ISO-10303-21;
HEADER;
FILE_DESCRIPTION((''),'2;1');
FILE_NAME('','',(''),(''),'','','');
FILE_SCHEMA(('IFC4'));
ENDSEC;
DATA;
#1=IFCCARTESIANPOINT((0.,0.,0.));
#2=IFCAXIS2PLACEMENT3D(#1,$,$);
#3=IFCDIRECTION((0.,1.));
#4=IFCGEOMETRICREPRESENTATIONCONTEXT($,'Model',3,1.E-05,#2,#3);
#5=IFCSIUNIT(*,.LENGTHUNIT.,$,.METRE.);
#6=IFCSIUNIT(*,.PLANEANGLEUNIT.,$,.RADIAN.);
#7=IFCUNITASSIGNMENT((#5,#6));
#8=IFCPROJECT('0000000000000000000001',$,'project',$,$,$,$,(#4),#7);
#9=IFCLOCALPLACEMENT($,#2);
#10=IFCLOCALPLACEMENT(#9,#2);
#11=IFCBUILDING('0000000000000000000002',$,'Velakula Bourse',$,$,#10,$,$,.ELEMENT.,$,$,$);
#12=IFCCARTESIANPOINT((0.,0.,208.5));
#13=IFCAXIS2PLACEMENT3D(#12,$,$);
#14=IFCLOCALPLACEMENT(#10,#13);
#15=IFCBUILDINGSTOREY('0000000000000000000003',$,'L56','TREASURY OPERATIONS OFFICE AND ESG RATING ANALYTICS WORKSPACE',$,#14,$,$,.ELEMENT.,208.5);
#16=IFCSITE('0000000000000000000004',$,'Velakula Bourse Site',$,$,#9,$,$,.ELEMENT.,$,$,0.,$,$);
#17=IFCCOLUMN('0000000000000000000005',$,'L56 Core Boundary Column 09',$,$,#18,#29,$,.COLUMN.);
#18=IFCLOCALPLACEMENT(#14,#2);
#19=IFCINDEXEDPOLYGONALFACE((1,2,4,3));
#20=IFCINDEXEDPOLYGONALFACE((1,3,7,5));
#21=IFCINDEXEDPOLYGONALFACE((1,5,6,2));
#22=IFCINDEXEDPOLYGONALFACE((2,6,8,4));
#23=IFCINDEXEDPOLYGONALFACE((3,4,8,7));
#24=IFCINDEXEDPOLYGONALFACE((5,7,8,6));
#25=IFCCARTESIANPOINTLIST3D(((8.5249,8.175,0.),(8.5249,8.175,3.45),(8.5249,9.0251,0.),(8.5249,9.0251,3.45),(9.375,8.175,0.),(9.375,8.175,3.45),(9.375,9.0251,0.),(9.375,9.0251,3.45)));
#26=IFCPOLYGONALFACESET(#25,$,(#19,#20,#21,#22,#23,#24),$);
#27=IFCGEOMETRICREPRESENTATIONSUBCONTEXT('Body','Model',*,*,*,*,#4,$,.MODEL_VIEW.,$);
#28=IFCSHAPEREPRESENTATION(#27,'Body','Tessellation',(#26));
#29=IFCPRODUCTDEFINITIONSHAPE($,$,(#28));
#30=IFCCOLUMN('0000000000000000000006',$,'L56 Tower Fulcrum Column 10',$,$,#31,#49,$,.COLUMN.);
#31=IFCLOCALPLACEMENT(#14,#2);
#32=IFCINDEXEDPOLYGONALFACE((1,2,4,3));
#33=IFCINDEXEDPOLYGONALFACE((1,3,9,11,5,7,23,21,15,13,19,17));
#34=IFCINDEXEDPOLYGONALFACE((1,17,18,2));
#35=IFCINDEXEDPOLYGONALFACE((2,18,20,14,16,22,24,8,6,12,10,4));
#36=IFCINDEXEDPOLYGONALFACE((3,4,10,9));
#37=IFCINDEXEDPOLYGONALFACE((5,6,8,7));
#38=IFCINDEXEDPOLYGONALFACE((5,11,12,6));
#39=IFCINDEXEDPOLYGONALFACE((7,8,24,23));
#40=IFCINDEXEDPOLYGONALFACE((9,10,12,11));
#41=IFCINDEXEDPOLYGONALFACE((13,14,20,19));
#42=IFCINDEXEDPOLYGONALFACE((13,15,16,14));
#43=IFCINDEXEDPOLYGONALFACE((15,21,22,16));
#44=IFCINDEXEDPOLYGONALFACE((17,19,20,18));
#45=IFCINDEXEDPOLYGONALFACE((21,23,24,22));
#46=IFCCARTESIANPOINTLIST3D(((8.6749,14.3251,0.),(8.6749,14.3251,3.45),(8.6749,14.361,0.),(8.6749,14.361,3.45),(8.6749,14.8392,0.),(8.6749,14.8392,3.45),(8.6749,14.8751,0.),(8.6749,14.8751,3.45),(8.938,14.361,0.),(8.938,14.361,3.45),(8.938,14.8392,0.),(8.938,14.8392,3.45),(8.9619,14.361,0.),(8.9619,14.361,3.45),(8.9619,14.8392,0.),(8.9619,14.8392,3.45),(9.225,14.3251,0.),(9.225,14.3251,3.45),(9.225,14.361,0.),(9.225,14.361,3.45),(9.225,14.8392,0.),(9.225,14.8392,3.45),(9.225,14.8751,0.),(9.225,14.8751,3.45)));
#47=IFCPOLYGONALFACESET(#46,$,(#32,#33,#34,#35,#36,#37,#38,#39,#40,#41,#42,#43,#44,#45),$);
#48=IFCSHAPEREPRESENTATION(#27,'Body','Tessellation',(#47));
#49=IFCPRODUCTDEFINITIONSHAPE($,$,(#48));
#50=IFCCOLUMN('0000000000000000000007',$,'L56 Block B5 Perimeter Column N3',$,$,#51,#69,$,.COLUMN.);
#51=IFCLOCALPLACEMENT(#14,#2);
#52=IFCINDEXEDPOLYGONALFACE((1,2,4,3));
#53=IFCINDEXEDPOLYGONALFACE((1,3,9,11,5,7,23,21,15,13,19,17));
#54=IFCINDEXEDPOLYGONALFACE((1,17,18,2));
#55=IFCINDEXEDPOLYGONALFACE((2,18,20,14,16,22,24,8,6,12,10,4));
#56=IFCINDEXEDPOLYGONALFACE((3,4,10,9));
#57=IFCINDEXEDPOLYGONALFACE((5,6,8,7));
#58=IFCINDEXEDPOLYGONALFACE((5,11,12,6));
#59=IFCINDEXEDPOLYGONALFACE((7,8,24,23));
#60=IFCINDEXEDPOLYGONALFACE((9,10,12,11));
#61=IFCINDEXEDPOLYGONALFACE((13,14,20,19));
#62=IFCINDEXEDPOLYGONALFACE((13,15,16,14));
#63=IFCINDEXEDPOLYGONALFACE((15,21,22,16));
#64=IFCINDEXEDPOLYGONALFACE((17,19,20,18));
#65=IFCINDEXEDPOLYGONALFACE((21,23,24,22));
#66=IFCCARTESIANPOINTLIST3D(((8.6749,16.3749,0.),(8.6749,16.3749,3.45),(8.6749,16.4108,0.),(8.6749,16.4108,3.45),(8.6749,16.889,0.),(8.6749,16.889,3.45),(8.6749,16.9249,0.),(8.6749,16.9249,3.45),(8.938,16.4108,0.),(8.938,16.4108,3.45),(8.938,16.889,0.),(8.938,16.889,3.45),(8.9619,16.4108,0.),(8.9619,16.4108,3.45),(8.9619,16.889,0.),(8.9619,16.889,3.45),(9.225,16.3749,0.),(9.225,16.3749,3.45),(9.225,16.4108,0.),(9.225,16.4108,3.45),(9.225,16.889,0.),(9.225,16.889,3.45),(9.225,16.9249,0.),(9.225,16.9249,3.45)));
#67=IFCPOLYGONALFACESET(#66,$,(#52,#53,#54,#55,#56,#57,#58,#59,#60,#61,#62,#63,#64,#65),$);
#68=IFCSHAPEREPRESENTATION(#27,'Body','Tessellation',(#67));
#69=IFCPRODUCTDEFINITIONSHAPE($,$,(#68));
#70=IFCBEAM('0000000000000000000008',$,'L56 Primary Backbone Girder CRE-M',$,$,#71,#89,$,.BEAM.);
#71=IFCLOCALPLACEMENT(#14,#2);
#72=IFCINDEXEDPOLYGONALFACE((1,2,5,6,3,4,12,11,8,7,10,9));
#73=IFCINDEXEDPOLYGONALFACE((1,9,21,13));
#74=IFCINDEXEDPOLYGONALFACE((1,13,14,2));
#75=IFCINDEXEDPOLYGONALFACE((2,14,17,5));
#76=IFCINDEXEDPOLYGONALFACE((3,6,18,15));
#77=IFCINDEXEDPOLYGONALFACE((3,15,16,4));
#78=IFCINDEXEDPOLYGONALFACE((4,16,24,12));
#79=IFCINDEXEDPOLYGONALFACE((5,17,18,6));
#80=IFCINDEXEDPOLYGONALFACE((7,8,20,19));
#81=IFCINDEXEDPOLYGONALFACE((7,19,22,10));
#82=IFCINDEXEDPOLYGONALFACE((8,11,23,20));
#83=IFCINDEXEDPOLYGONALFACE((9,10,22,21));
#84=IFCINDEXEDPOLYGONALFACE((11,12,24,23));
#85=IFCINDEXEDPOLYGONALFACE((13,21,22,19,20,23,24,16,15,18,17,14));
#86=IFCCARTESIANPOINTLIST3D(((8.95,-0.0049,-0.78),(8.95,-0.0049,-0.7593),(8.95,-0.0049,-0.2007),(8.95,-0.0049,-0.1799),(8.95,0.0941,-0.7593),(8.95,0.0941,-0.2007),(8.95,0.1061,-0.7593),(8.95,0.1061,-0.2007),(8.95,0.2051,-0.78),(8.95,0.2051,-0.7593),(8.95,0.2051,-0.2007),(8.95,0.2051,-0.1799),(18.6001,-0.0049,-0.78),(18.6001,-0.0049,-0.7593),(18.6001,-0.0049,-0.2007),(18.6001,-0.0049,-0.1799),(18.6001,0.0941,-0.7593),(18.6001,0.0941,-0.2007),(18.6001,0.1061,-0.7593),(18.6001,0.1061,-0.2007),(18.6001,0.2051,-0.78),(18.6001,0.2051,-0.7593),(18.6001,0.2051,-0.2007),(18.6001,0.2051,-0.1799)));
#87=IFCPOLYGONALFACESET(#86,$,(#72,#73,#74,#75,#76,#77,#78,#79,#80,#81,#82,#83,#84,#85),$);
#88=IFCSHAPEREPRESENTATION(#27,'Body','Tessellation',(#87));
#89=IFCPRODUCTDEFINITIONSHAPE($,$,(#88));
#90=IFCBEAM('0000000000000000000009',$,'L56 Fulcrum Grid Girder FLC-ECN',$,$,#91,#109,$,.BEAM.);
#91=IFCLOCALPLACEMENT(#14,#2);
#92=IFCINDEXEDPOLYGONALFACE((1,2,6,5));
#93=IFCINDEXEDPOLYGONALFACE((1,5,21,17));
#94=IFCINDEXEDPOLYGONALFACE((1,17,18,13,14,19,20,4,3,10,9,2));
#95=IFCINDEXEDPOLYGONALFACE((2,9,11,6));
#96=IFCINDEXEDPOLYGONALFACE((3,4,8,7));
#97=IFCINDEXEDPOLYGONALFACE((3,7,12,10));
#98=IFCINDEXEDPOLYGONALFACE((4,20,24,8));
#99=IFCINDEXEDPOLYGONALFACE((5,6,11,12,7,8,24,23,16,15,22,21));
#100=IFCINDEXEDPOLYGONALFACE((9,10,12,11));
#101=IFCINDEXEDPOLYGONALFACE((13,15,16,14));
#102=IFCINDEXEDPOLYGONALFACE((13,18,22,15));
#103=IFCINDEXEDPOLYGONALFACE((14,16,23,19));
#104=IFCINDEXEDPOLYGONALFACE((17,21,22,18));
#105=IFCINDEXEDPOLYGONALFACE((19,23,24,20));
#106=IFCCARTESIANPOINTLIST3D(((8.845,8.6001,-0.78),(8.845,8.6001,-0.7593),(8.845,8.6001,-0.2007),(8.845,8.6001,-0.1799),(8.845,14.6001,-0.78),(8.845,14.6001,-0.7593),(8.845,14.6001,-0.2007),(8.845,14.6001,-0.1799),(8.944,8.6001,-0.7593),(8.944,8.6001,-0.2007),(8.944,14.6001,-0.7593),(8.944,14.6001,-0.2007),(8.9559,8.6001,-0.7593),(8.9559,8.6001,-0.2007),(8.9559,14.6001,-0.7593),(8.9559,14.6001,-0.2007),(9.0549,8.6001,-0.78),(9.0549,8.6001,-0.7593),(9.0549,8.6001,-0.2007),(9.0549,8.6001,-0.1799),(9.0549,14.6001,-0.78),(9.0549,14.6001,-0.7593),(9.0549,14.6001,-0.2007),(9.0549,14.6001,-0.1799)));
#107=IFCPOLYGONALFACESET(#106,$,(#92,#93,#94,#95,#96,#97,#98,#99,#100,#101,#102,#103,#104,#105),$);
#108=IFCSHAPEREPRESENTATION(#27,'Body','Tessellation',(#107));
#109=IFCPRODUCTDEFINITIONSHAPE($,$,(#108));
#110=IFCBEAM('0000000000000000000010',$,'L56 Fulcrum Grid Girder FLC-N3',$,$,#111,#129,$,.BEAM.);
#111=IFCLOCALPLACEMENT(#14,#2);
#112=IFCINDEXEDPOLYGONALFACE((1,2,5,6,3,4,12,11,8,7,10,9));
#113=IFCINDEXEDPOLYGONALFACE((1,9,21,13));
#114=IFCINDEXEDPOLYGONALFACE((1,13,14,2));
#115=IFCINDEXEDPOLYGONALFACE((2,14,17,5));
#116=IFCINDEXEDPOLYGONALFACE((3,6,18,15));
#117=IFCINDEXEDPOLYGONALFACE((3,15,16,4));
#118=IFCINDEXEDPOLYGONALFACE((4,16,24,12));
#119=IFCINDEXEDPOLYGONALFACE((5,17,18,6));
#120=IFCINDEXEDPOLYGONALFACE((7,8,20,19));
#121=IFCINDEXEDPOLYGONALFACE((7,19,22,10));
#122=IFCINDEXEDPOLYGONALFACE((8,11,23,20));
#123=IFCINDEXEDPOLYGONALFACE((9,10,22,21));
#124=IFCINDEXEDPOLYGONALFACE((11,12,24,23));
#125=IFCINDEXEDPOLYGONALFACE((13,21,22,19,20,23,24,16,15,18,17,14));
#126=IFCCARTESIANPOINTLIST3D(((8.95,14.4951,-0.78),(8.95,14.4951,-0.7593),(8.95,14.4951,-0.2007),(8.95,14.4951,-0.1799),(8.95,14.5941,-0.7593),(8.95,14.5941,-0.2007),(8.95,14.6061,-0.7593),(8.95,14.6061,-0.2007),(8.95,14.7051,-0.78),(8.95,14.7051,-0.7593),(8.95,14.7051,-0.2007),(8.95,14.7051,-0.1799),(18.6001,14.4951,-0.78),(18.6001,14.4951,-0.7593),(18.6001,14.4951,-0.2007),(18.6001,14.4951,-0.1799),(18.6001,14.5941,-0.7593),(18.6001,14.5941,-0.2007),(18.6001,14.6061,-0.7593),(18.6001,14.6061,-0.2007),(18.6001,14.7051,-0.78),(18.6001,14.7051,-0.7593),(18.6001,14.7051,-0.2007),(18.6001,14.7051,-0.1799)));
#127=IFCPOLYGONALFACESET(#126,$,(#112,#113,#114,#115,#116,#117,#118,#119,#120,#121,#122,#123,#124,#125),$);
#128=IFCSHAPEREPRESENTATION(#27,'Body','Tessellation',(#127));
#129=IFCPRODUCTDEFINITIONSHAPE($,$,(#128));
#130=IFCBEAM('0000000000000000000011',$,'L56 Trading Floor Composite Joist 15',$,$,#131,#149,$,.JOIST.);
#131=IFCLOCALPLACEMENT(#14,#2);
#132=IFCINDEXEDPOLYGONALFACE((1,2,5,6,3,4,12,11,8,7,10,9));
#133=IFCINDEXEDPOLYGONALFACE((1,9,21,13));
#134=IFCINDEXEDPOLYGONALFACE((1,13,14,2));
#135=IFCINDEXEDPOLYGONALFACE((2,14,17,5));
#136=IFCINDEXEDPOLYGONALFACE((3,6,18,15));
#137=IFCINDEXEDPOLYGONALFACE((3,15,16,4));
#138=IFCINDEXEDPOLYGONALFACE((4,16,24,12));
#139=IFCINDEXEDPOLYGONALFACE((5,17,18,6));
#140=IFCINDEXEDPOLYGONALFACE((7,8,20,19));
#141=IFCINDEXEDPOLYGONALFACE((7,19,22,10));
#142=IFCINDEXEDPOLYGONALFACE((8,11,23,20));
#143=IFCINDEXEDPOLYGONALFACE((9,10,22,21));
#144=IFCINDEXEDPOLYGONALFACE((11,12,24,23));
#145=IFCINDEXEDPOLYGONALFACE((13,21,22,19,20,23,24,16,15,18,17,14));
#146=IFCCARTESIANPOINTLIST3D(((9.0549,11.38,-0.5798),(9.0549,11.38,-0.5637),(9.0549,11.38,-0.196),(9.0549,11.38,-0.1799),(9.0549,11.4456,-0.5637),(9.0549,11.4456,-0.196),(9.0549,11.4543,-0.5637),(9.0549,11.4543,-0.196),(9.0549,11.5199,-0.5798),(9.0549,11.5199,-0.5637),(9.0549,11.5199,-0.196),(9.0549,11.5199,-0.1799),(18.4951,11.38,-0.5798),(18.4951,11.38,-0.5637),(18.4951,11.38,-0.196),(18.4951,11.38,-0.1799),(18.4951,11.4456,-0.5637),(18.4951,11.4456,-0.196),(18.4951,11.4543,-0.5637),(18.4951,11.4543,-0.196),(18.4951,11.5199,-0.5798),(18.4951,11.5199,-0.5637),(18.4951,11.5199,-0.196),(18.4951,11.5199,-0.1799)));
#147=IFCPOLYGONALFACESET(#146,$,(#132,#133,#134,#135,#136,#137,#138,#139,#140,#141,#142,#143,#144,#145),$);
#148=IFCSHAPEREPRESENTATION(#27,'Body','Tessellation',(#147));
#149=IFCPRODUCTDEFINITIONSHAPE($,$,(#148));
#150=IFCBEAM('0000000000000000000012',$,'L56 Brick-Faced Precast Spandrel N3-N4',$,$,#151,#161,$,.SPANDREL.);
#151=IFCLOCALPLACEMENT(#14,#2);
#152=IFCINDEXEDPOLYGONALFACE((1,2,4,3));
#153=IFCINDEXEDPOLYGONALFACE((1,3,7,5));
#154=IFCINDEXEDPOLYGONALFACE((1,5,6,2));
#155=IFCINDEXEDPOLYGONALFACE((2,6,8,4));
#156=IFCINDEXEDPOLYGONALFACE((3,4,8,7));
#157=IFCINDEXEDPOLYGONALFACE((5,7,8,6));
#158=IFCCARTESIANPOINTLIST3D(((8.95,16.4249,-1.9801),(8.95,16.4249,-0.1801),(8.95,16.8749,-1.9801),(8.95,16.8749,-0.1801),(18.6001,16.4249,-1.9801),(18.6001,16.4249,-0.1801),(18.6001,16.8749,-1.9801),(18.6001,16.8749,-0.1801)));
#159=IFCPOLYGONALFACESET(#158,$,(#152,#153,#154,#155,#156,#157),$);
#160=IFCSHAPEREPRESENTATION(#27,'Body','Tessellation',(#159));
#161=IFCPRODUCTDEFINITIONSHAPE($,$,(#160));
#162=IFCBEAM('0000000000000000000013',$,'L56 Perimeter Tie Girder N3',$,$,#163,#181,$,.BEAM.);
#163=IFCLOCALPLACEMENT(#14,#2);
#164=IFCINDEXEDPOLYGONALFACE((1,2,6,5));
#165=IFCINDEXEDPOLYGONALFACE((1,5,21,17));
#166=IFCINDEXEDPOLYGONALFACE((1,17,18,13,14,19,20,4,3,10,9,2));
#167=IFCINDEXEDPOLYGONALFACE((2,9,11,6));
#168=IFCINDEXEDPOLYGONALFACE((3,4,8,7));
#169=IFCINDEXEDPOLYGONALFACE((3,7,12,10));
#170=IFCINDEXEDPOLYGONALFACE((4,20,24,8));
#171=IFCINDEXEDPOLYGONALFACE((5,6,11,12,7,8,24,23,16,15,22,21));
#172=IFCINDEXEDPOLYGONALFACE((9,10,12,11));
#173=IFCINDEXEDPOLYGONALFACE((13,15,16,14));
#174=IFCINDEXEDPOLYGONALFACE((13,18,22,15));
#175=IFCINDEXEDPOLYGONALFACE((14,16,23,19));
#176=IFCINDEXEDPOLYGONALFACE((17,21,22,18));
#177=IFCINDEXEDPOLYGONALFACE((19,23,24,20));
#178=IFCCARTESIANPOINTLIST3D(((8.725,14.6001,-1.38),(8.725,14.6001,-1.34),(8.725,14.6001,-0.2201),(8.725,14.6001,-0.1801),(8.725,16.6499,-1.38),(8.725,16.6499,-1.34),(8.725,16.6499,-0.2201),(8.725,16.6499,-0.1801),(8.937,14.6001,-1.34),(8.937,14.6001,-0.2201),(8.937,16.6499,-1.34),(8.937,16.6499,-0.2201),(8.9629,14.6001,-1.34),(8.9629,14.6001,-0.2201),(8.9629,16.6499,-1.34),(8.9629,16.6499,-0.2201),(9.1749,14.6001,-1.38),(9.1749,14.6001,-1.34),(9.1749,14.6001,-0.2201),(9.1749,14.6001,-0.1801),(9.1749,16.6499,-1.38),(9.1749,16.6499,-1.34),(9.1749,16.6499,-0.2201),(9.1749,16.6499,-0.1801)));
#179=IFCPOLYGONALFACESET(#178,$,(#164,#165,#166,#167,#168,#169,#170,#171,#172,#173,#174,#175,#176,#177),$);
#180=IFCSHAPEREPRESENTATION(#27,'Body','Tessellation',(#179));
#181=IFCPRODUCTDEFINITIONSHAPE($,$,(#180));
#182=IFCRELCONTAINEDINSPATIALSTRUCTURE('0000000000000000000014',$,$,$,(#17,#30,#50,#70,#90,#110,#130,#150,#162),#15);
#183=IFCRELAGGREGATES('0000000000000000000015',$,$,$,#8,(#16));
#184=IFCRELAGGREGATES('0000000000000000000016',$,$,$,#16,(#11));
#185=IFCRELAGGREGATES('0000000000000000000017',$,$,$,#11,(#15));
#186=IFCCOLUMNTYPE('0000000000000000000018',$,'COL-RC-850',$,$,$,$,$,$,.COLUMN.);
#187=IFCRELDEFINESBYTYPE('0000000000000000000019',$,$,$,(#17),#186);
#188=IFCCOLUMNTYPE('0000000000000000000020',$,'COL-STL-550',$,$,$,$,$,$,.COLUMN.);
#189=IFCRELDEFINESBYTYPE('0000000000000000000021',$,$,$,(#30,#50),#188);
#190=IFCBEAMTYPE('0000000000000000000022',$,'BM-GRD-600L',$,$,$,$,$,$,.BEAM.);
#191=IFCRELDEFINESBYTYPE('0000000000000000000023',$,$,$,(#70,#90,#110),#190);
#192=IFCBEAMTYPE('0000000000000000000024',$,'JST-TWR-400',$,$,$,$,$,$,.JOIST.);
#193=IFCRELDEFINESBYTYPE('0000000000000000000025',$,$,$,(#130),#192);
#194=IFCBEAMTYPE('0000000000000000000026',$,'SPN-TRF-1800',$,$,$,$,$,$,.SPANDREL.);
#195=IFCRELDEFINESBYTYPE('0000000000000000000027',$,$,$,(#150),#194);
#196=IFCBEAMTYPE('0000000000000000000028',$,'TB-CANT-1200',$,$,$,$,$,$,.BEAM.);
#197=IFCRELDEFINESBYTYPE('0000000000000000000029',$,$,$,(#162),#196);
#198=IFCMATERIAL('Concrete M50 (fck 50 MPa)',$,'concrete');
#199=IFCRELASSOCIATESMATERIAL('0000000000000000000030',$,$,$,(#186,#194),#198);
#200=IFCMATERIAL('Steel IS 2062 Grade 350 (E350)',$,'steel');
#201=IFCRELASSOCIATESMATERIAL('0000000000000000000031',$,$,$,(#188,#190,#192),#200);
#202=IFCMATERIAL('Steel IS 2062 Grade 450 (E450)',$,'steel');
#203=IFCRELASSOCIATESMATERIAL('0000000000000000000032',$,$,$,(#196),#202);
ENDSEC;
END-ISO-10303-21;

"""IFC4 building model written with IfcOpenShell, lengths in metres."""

from ifc_helpers import new_model, si_unit, direction, frame, origin, origin_2d, place, context, subcontext, project, spatial, rectangle, i_section, extrude, material, material_profile, profile_set, type_object, element, save


model = new_model("IFC4")

# Units and contexts
model_context = context("Model", 3, precision=1e-05, world=origin(), true_north=direction((0.0, 1.0)))
body_context = subcontext(model_context, "Body", "Model", "MODEL_VIEW")
ifc_project = project(units=[si_unit("LENGTHUNIT", "METRE"), si_unit("PLANEANGLEUNIT", "RADIAN")], contexts=[model_context])

# Site, building, storey
site_placement = place(None, origin())
site = spatial("IfcSite", under=ifc_project, at=site_placement, Name="Velakula Bourse Site", CompositionType="ELEMENT", RefElevation=0.0)
building_placement = place(site_placement, origin())
building = spatial("IfcBuilding", under=site, at=building_placement, Name="Velakula Bourse", CompositionType="ELEMENT")
storey_placement = place(building_placement, frame((0.0, 0.0, 208.5)))
storey = spatial("IfcBuildingStorey", under=building, at=storey_placement, Name="L56", Description="TREASURY OPERATIONS OFFICE AND ESG RATING ANALYTICS WORKSPACE", CompositionType="ELEMENT", Elevation=208.5)

# Columns
ifc_material_1 = material(Name="Concrete M50 (fck 50 MPa)", Category="concrete")
ifc_material_profile_1 = material_profile(ifc_material_1, rectangle(XDim=0.8501, YDim=0.8501, at=origin_2d()), Name="Concrete M50 (fck 50 MPa)")
ifc_profile_set_1 = profile_set([ifc_material_profile_1], Name="Concrete M50 (fck 50 MPa)")
column_type_1 = type_object("IfcColumnType", Name="COL-RC-850", PredefinedType="COLUMN", material=ifc_profile_set_1)
column_placement = place(storey_placement, frame((8.95, 8.6001, 0.0), z_axis=(0.0, 0.0, 1.0), x_axis=(1.0, 0.0, 0.0)))
element("IfcColumn", 1, at=column_placement, inside=storey, type_object=column_type_1, Name="L56 Core Boundary Column 09", PredefinedType="COLUMN", context=body_context, shape_type="SweptSolid", body=[
    extrude(rectangle(XDim=0.8501, YDim=0.8501, at=origin_2d()), origin(), (0.0, 0.0, 1.0), 3.45),
])
ifc_material_2 = material(Name="Steel IS 2062 Grade 350 (E350)", Category="steel")
ifc_material_profile_2 = material_profile(ifc_material_2, i_section(OverallWidth=0.55, OverallDepth=0.55, WebThickness=0.0239, FlangeThickness=0.0359, at=origin_2d()), Name="Steel IS 2062 Grade 350 (E350)")
ifc_profile_set_2 = profile_set([ifc_material_profile_2], Name="Steel IS 2062 Grade 350 (E350)")
column_type_2 = type_object("IfcColumnType", Name="COL-STL-550", PredefinedType="COLUMN", material=ifc_profile_set_2)
for number, where, z_axis, x_axis, name in (
    (2, (8.95, 14.6001, 0.0), (0.0, 0.0, 1.0), (1.0, 0.0, 0.0), "L56 Tower Fulcrum Column 10"),
    (3, (8.95, 16.6499, 0.0), (0.0, 0.0, 1.0), (1.0, 0.0, 0.0), "L56 Block B5 Perimeter Column N3"),
):
    element("IfcColumn", number, at=place(storey_placement, frame(where, z_axis=z_axis, x_axis=x_axis)), inside=storey, type_object=column_type_2, Name=name, PredefinedType="COLUMN", context=body_context, shape_type="SweptSolid", body=[
        extrude(i_section(OverallWidth=0.55, OverallDepth=0.55, WebThickness=0.0239, FlangeThickness=0.0359, at=origin_2d()), origin(), (0.0, 0.0, 1.0), 3.45),
    ])

# Beams
ifc_material_profile_3 = material_profile(ifc_material_2, i_section(OverallWidth=0.21, OverallDepth=0.6001, WebThickness=0.012, FlangeThickness=0.0208, at=origin_2d()), Name="Steel IS 2062 Grade 350 (E350)")
ifc_profile_set_3 = profile_set([ifc_material_profile_3], Name="Steel IS 2062 Grade 350 (E350)")
beam_type_1 = type_object("IfcBeamType", Name="BM-GRD-600L", PredefinedType="BEAM", material=ifc_profile_set_3)
beam_1_placement = place(storey_placement, frame((8.95, 0.1001, -0.48), z_axis=(1.0, 0.0, 0.0), x_axis=(0.0, 1.0, 0.0)))
element("IfcBeam", 4, at=beam_1_placement, inside=storey, type_object=beam_type_1, Name="L56 Primary Backbone Girder CRE-M", PredefinedType="BEAM", context=body_context, shape_type="SweptSolid", body=[
    extrude(i_section(OverallWidth=0.21, OverallDepth=0.6001, WebThickness=0.012, FlangeThickness=0.0208, at=origin_2d()), origin(), (0.0, 0.0, 1.0), 9.6501),
])
beam_2_placement = place(storey_placement, frame((8.95, 8.6001, -0.48), z_axis=(0.0, 1.0, 0.0), x_axis=(-1.0, 0.0, 0.0)))
element("IfcBeam", 5, at=beam_2_placement, inside=storey, type_object=beam_type_1, Name="L56 Fulcrum Grid Girder FLC-ECN", PredefinedType="BEAM", context=body_context, shape_type="SweptSolid", body=[
    extrude(i_section(OverallWidth=0.21, OverallDepth=0.6001, WebThickness=0.012, FlangeThickness=0.0208, at=origin_2d()), origin(), (0.0, 0.0, 1.0), 6.0),
])
beam_3_placement = place(storey_placement, frame((8.95, 14.6001, -0.48), z_axis=(1.0, 0.0, 0.0), x_axis=(0.0, 1.0, 0.0)))
element("IfcBeam", 6, at=beam_3_placement, inside=storey, type_object=beam_type_1, Name="L56 Fulcrum Grid Girder FLC-N3", PredefinedType="BEAM", context=body_context, shape_type="SweptSolid", body=[
    extrude(i_section(OverallWidth=0.21, OverallDepth=0.6001, WebThickness=0.012, FlangeThickness=0.0208, at=origin_2d()), origin(), (0.0, 0.0, 1.0), 9.6501),
])
ifc_material_profile_4 = material_profile(ifc_material_2, i_section(OverallWidth=0.1399, OverallDepth=0.3999, WebThickness=0.0088, FlangeThickness=0.0161, at=origin_2d()), Name="Steel IS 2062 Grade 350 (E350)")
ifc_profile_set_4 = profile_set([ifc_material_profile_4], Name="Steel IS 2062 Grade 350 (E350)")
beam_type_2 = type_object("IfcBeamType", Name="JST-TWR-400", PredefinedType="JOIST", material=ifc_profile_set_4)
beam_4_placement = place(storey_placement, frame((9.0549, 11.45, -0.3799), z_axis=(1.0, 0.0, 0.0), x_axis=(0.0, 1.0, 0.0)))
element("IfcBeam", 7, at=beam_4_placement, inside=storey, type_object=beam_type_2, Name="L56 Trading Floor Composite Joist 15", PredefinedType="JOIST", context=body_context, shape_type="SweptSolid", body=[
    extrude(i_section(OverallWidth=0.1399, OverallDepth=0.3999, WebThickness=0.0088, FlangeThickness=0.0161, at=origin_2d()), origin(), (0.0, 0.0, 1.0), 9.4402),
])
ifc_material_profile_5 = material_profile(ifc_material_1, rectangle(XDim=0.45, YDim=1.8, at=origin_2d()), Name="Concrete M50 (fck 50 MPa)")
ifc_profile_set_5 = profile_set([ifc_material_profile_5], Name="Concrete M50 (fck 50 MPa)")
beam_type_3 = type_object("IfcBeamType", Name="SPN-TRF-1800", PredefinedType="SPANDREL", material=ifc_profile_set_5)
beam_5_placement = place(storey_placement, frame((8.95, 16.6499, -1.0801), z_axis=(1.0, 0.0, 0.0), x_axis=(0.0, 1.0, 0.0)))
element("IfcBeam", 8, at=beam_5_placement, inside=storey, type_object=beam_type_3, Name="L56 Brick-Faced Precast Spandrel N3-N4", PredefinedType="SPANDREL", context=body_context, shape_type="SweptSolid", body=[
    extrude(rectangle(XDim=0.45, YDim=1.8, at=origin_2d()), origin(), (0.0, 0.0, 1.0), 9.6501),
])
ifc_material_3 = material(Name="Steel IS 2062 Grade 450 (E450)", Category="steel")
ifc_material_profile_6 = material_profile(ifc_material_3, i_section(OverallWidth=0.45, OverallDepth=1.2, WebThickness=0.0259, FlangeThickness=0.04, at=origin_2d()), Name="Steel IS 2062 Grade 450 (E450)")
ifc_profile_set_6 = profile_set([ifc_material_profile_6], Name="Steel IS 2062 Grade 450 (E450)")
beam_type_4 = type_object("IfcBeamType", Name="TB-CANT-1200", PredefinedType="BEAM", material=ifc_profile_set_6)
beam_6_placement = place(storey_placement, frame((8.95, 14.6001, -0.78), z_axis=(0.0, 1.0, 0.0), x_axis=(-1.0, 0.0, 0.0)))
element("IfcBeam", 9, at=beam_6_placement, inside=storey, type_object=beam_type_4, Name="L56 Perimeter Tie Girder N3", PredefinedType="BEAM", context=body_context, shape_type="SweptSolid", body=[
    extrude(i_section(OverallWidth=0.45, OverallDepth=1.2, WebThickness=0.0259, FlangeThickness=0.04, at=origin_2d()), origin(), (0.0, 0.0, 1.0), 2.0498),
])

save(model, "model.ifc")
